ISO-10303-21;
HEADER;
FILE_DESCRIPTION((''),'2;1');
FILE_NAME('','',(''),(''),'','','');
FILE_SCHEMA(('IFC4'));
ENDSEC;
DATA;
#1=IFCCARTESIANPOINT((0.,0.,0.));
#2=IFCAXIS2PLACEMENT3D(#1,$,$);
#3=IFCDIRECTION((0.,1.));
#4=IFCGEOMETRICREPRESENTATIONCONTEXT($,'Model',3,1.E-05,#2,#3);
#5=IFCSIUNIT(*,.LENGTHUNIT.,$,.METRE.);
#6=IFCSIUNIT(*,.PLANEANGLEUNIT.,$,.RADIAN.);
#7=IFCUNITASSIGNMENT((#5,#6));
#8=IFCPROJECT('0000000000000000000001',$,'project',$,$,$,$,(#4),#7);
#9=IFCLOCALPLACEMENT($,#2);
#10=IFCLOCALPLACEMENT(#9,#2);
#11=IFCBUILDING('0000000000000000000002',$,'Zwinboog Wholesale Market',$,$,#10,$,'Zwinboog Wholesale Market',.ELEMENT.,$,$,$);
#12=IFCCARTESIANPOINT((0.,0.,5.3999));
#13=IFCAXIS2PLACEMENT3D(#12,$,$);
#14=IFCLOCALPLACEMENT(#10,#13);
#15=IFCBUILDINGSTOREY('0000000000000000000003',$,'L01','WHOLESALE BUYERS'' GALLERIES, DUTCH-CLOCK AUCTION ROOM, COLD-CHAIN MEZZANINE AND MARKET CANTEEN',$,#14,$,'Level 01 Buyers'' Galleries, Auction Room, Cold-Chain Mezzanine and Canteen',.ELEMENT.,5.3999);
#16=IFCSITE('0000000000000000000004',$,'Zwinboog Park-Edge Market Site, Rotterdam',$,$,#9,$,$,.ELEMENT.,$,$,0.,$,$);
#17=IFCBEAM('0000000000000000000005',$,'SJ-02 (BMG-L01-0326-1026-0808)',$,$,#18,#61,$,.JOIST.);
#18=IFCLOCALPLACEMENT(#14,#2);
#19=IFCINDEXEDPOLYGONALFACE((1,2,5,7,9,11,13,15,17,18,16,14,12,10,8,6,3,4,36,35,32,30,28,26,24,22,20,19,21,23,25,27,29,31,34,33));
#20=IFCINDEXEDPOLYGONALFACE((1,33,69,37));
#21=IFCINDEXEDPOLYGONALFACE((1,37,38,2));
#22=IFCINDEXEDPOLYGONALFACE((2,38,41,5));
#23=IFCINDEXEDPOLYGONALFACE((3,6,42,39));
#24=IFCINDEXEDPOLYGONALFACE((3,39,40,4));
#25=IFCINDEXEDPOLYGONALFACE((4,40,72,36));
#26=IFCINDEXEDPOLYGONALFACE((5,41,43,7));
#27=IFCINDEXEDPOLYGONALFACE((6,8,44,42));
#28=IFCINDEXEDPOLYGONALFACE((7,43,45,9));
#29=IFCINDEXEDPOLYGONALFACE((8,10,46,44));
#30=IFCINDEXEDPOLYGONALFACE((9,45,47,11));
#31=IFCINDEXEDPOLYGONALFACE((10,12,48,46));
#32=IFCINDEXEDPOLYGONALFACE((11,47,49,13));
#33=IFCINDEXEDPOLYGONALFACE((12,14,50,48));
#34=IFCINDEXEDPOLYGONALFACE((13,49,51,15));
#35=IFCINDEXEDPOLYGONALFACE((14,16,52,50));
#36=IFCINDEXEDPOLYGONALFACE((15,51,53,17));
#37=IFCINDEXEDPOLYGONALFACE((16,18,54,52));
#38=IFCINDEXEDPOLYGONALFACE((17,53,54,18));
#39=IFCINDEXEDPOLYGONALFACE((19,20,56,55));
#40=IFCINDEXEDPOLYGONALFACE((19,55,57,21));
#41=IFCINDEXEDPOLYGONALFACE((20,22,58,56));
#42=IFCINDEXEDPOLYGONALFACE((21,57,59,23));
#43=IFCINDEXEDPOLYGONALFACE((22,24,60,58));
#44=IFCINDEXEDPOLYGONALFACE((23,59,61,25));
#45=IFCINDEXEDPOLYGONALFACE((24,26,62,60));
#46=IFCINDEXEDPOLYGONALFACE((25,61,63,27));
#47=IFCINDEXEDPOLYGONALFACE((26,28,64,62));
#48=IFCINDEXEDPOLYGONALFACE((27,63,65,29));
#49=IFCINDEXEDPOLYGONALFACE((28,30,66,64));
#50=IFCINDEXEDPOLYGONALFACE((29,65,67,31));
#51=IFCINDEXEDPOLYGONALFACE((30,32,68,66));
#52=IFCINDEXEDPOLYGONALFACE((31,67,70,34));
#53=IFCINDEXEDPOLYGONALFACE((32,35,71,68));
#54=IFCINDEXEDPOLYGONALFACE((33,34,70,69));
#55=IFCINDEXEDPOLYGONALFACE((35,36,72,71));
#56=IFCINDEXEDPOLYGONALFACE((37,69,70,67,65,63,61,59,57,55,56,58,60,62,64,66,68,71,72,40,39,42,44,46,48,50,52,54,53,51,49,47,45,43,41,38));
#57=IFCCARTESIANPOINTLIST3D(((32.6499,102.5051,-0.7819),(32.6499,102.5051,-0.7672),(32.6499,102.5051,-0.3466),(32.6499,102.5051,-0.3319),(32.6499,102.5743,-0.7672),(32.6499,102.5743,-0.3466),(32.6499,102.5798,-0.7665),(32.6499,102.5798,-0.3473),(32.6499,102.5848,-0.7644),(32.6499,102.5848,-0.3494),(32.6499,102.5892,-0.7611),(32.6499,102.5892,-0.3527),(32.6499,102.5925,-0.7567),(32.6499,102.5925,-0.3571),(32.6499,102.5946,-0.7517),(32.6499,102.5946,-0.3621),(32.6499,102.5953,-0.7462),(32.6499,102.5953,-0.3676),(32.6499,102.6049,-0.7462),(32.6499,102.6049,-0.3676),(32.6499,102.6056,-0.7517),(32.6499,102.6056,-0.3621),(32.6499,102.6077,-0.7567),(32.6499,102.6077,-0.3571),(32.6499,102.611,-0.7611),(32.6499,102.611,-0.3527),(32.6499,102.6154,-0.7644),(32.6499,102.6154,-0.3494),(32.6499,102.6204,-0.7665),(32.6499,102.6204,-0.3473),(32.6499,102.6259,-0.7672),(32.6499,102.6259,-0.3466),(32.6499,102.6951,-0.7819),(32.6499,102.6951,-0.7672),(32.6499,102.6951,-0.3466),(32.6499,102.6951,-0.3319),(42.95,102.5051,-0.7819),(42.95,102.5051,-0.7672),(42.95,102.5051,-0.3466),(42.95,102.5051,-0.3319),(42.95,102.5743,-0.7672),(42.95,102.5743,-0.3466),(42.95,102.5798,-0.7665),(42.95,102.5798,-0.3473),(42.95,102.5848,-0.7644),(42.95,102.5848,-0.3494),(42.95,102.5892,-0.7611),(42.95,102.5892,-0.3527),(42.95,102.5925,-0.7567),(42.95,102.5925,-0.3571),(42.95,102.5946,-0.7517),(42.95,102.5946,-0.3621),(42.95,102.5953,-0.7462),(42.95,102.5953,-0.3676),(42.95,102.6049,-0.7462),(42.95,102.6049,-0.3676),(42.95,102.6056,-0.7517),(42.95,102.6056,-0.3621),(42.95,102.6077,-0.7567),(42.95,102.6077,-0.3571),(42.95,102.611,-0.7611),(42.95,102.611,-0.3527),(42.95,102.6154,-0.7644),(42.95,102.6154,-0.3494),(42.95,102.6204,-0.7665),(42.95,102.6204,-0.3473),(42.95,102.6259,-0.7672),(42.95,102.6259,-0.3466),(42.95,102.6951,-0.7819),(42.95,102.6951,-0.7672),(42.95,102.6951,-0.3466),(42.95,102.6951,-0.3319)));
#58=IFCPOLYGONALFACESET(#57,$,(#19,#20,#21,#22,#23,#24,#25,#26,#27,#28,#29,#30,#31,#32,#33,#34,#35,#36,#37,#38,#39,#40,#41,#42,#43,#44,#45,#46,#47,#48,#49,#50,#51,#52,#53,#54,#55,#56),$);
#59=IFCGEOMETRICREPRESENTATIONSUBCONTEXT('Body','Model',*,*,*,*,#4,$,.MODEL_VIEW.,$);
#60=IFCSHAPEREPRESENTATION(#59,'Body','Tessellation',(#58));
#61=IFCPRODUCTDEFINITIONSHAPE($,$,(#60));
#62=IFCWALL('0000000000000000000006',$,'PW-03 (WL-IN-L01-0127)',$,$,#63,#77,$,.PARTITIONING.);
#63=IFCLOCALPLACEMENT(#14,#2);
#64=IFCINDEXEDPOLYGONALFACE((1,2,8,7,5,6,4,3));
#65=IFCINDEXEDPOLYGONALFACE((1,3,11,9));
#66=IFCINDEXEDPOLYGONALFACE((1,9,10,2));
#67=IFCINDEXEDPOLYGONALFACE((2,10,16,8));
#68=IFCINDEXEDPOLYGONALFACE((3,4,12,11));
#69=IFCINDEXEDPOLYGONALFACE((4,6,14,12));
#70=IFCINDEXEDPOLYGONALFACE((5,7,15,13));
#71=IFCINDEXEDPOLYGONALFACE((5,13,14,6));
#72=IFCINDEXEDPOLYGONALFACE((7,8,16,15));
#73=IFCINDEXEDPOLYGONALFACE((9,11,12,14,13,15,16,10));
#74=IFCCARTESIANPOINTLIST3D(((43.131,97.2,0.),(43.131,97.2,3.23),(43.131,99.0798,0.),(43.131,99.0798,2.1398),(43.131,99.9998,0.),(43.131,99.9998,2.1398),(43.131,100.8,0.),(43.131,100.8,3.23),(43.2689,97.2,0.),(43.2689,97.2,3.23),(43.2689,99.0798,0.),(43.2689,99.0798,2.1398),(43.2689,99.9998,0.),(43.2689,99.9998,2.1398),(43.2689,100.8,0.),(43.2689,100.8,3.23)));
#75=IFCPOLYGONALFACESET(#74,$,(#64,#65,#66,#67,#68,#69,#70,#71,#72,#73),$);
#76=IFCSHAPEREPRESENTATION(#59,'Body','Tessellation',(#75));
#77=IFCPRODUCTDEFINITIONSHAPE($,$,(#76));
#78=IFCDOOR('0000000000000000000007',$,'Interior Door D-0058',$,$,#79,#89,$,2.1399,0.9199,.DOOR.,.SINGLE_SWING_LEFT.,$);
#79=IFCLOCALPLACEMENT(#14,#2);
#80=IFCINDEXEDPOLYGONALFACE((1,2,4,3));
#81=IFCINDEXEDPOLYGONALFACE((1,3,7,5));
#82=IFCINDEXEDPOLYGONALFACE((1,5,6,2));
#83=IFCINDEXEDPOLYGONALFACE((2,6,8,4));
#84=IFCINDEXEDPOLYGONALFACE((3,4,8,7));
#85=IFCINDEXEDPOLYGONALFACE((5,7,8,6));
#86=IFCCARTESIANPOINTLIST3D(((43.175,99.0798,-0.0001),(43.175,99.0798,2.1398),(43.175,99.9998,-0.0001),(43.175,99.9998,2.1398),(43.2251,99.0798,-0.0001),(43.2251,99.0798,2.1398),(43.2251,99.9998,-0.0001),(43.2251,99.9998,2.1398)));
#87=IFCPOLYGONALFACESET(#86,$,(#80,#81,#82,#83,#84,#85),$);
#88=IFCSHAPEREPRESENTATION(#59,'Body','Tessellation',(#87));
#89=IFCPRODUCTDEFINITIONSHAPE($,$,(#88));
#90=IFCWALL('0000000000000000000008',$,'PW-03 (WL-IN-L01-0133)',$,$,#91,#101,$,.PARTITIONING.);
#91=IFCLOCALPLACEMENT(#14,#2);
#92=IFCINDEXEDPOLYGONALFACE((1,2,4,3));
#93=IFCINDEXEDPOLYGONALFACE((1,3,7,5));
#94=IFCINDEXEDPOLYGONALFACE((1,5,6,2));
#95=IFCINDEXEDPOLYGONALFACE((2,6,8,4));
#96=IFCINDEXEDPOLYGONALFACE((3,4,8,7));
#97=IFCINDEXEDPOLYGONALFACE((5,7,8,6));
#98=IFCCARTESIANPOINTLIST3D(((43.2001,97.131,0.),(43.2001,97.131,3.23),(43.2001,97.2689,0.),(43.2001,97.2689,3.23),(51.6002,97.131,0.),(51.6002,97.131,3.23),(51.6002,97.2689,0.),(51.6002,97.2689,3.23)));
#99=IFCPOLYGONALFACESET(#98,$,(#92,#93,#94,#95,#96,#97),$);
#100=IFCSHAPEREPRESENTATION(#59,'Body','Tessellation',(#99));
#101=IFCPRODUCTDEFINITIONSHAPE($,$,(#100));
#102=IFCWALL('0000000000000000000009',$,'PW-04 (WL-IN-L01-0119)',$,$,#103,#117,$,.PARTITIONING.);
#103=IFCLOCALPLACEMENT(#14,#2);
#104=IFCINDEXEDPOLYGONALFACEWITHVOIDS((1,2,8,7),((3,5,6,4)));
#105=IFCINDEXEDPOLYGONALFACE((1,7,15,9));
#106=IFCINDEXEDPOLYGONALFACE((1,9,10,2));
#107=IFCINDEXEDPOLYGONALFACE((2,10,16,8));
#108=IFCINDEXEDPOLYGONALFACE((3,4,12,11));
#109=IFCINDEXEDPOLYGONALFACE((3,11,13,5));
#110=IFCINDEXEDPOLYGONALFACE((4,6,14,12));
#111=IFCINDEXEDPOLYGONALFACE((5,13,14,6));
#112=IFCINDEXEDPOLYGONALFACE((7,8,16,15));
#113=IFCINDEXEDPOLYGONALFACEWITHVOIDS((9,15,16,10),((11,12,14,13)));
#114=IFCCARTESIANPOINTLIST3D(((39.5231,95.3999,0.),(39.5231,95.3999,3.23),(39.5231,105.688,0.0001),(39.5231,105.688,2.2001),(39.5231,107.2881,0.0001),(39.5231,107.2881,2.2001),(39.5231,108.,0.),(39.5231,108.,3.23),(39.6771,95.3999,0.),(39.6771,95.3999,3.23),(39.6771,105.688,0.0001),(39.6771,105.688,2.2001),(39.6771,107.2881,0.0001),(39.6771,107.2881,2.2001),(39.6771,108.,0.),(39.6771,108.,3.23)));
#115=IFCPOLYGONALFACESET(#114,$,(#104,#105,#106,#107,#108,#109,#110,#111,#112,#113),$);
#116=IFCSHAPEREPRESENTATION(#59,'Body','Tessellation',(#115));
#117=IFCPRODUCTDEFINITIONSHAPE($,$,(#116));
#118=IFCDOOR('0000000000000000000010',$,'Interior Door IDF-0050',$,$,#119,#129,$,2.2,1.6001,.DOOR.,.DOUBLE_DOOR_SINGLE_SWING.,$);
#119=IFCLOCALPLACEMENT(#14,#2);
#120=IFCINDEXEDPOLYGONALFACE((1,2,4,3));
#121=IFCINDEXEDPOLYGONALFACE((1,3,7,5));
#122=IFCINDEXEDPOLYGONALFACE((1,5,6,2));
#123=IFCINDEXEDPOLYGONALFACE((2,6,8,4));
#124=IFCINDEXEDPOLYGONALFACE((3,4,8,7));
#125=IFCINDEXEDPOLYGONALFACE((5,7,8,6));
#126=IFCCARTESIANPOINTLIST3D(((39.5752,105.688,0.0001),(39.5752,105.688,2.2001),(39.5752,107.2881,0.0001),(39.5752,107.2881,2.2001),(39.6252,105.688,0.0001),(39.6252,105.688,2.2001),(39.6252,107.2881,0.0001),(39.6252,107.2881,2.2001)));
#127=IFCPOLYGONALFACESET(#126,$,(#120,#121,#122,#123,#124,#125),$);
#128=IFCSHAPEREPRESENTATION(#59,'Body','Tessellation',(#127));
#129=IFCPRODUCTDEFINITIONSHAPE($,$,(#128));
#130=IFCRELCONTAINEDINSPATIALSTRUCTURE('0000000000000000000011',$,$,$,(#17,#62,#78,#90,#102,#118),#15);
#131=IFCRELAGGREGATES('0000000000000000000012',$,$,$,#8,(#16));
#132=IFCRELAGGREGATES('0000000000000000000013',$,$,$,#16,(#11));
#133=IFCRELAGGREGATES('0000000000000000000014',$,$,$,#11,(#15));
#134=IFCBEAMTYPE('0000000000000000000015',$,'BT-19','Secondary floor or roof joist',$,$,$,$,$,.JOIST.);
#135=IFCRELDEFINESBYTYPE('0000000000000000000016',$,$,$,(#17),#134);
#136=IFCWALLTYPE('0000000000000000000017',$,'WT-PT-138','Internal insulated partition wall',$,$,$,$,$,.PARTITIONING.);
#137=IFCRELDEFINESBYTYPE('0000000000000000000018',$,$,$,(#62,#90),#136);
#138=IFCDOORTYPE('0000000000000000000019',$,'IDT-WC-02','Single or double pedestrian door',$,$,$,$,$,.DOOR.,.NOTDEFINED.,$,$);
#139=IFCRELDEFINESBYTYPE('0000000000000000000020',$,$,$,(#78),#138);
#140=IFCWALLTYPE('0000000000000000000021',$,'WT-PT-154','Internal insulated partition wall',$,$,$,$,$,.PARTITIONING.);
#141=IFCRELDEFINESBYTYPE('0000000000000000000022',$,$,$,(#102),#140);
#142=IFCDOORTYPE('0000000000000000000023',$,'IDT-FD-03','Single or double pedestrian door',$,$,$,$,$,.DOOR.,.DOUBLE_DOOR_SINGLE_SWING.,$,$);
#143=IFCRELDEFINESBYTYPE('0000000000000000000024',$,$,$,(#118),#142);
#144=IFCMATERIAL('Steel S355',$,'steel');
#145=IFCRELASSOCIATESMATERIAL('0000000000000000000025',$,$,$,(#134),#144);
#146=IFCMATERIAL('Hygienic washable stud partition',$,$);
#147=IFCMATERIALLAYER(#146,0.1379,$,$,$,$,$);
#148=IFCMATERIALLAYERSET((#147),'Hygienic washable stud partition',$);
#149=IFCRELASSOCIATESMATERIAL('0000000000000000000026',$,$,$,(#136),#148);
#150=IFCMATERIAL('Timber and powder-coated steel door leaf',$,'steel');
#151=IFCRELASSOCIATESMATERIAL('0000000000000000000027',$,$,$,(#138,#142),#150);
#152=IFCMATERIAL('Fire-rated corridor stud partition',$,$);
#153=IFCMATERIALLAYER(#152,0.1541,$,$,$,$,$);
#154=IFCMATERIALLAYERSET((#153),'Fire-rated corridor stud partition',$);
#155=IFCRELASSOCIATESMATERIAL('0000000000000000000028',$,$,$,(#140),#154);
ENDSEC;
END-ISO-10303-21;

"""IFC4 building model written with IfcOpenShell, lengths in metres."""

from ifc_helpers import new_model, si_unit, direction, frame, frame_2d, origin, origin_2d, place, context, subcontext, project, spatial, rectangle, i_section, extrude, material, layer, layer_set, material_profile, profile_set, type_object, element, fill, save


model = new_model("IFC4")

# Units and contexts
model_context = context("Model", 3, precision=1e-05, world=origin(), true_north=direction((0.0, 1.0)))
body_context = subcontext(model_context, "Body", "Model", "MODEL_VIEW")
ifc_project = project(units=[si_unit("LENGTHUNIT", "METRE"), si_unit("PLANEANGLEUNIT", "RADIAN")], contexts=[model_context])

# Site, building, storey
site_placement = place(None, origin())
site = spatial("IfcSite", under=ifc_project, at=site_placement, Name="Zwinboog Park-Edge Market Site, Rotterdam", CompositionType="ELEMENT", RefElevation=0.0)
building_placement = place(site_placement, origin())
building = spatial("IfcBuilding", under=site, at=building_placement, Name="Zwinboog Wholesale Market", LongName="Zwinboog Wholesale Market", CompositionType="ELEMENT")
storey_placement = place(building_placement, frame((0.0, 0.0, 5.3999)))
storey = spatial("IfcBuildingStorey", under=building, at=storey_placement, Name="L01", Description="WHOLESALE BUYERS' GALLERIES, DUTCH-CLOCK AUCTION ROOM, COLD-CHAIN MEZZANINE AND MARKET CANTEEN", LongName="Level 01 Buyers' Galleries, Auction Room, Cold-Chain Mezzanine and Canteen", CompositionType="ELEMENT", Elevation=5.3999)

# Beam
ifc_material_1 = material(Name="Steel S355", Category="steel")
ifc_material_profile_1 = material_profile(ifc_material_1, i_section(OverallWidth=0.1899, OverallDepth=0.45, WebThickness=0.0095, FlangeThickness=0.0146, FilletRadius=0.021, at=origin_2d()), Name="IPE 450")
ifc_profile_set_1 = profile_set([ifc_material_profile_1], Name="Steel S355")
beam_type_1 = type_object("IfcBeamType", Name="BT-19", Description="Secondary floor or roof joist", PredefinedType="JOIST", material=ifc_profile_set_1)
beam_1_placement = place(storey_placement, frame((32.6499, 102.6001, -0.5569), z_axis=(1.0, 0.0, 0.0), x_axis=(0.0, 1.0, 0.0)))
element("IfcBeam", 1, at=beam_1_placement, inside=storey, type_object=beam_type_1, Name="SJ-02 (BMG-L01-0326-1026-0808)", PredefinedType="JOIST", context=body_context, shape_type="SweptSolid", body=[
    extrude(i_section(OverallWidth=0.1899, OverallDepth=0.45, WebThickness=0.0095, FlangeThickness=0.0146, FilletRadius=0.021, at=origin_2d()), origin(), (0.0, 0.0, 1.0), 10.3),
])

# Wall, opening, door
ifc_material_2 = material(Name="Hygienic washable stud partition")
ifc_layer_1 = layer(ifc_material_2, 0.1379)
ifc_layer_set_1 = layer_set([ifc_layer_1], Name="Hygienic washable stud partition")
wall_type_1 = type_object("IfcWallType", Name="WT-PT-138", Description="Internal insulated partition wall", PredefinedType="PARTITIONING", material=ifc_layer_set_1)
wall_1_placement = place(storey_placement, frame((43.2, 97.2, 0.0), z_axis=(0.0, 0.0, 1.0), x_axis=(0.0, 1.0, 0.0)))
wall_1 = element("IfcWall", 2, at=wall_1_placement, inside=storey, type_object=wall_type_1, Name="PW-03 (WL-IN-L01-0127)", PredefinedType="PARTITIONING", context=body_context, shape_type="SweptSolid", body=[
    extrude(rectangle(XDim=3.6001, YDim=0.1379, at=frame_2d((1.8, 0.0))), origin(), (0.0, 0.0, 1.0), 3.23),
])
opening_1_placement = place(wall_1_placement, frame((1.8799, 0.0, 0.0)))
opening_1 = element("IfcOpeningElement", 3, at=opening_1_placement, cuts=wall_1, PredefinedType="OPENING", context=body_context, shape_type="SweptSolid", body=[
    extrude(rectangle(XDim=0.9199, YDim=2.1399, at=frame_2d((0.46, 1.0698))), frame((0.0, 0.0789, 0.0), z_axis=(0.0, -1.0, 0.0), x_axis=(1.0, 0.0, 0.0)), (0.0, 0.0, 1.0), 0.158),
])
ifc_material_3 = material(Name="Timber and powder-coated steel door leaf", Category="steel")
door_type_1 = type_object("IfcDoorType", Name="IDT-WC-02", Description="Single or double pedestrian door", OperationType="NOTDEFINED", PredefinedType="DOOR", material=ifc_material_3)
door_1_placement = place(opening_1_placement, origin())
door_1 = element("IfcDoor", 4, at=door_1_placement, inside=storey, type_object=door_type_1, Name="Interior Door D-0058", OperationType="SINGLE_SWING_LEFT", OverallHeight=2.1399, OverallWidth=0.9199, PredefinedType="DOOR", context=body_context, shape_type="SweptSolid", body=[
    extrude(rectangle(XDim=0.9199, YDim=2.1399, at=frame_2d((0.46, 1.0698))), frame((0.0, 0.0249, 0.0), z_axis=(0.0, -1.0, 0.0), x_axis=(1.0, 0.0, 0.0)), (0.0, 0.0, 1.0), 0.05),
])
fill(opening_1, door_1)

# Wall
wall_2_placement = place(storey_placement, frame((43.2, 97.2, 0.0), z_axis=(0.0, 0.0, 1.0), x_axis=(1.0, 0.0, 0.0)))
element("IfcWall", 5, at=wall_2_placement, inside=storey, type_object=wall_type_1, Name="PW-03 (WL-IN-L01-0133)", PredefinedType="PARTITIONING", context=body_context, shape_type="SweptSolid", body=[
    extrude(rectangle(XDim=8.4001, YDim=0.1379, at=frame_2d((4.2002, 0.0))), origin(), (0.0, 0.0, 1.0), 3.23),
])

# Wall, opening, door
ifc_material_4 = material(Name="Fire-rated corridor stud partition")
ifc_layer_2 = layer(ifc_material_4, 0.1541)
ifc_layer_set_2 = layer_set([ifc_layer_2], Name="Fire-rated corridor stud partition")
wall_type_2 = type_object("IfcWallType", Name="WT-PT-154", Description="Internal insulated partition wall", PredefinedType="PARTITIONING", material=ifc_layer_set_2)
wall_3_placement = place(storey_placement, frame((39.6001, 95.3999, 0.0), z_axis=(0.0, 0.0, 1.0), x_axis=(0.0, 1.0, 0.0)))
wall_3 = element("IfcWall", 6, at=wall_3_placement, inside=storey, type_object=wall_type_2, Name="PW-04 (WL-IN-L01-0119)", PredefinedType="PARTITIONING", context=body_context, shape_type="SweptSolid", body=[
    extrude(rectangle(XDim=12.6001, YDim=0.1541, at=frame_2d((6.3, 0.0))), origin(), (0.0, 0.0, 1.0), 3.23),
])
opening_2_placement = place(wall_3_placement, frame((10.2881, 0.0, 0.0)))
opening_2 = element("IfcOpeningElement", 7, at=opening_2_placement, cuts=wall_3, PredefinedType="OPENING", context=body_context, shape_type="SweptSolid", body=[
    extrude(rectangle(XDim=1.6001, YDim=2.2, at=frame_2d((0.8, 1.1001))), frame((0.0, 0.0869, 0.0), z_axis=(0.0, -1.0, 0.0), x_axis=(1.0, 0.0, 0.0)), (0.0, 0.0, 1.0), 0.1741),
])
door_type_2 = type_object("IfcDoorType", Name="IDT-FD-03", Description="Single or double pedestrian door", OperationType="DOUBLE_DOOR_SINGLE_SWING", PredefinedType="DOOR", material=ifc_material_3)
door_2_placement = place(opening_2_placement, origin())
door_2 = element("IfcDoor", 8, at=door_2_placement, inside=storey, type_object=door_type_2, Name="Interior Door IDF-0050", OperationType="DOUBLE_DOOR_SINGLE_SWING", OverallHeight=2.2, OverallWidth=1.6001, PredefinedType="DOOR", context=body_context, shape_type="SweptSolid", body=[
    extrude(rectangle(XDim=1.6001, YDim=2.2, at=frame_2d((0.8, 1.1001))), frame((0.0, 0.0249, 0.0), z_axis=(0.0, -1.0, 0.0), x_axis=(1.0, 0.0, 0.0)), (0.0, 0.0, 1.0), 0.05),
])
fill(opening_2, door_2)

save(model, "model.ifc")
